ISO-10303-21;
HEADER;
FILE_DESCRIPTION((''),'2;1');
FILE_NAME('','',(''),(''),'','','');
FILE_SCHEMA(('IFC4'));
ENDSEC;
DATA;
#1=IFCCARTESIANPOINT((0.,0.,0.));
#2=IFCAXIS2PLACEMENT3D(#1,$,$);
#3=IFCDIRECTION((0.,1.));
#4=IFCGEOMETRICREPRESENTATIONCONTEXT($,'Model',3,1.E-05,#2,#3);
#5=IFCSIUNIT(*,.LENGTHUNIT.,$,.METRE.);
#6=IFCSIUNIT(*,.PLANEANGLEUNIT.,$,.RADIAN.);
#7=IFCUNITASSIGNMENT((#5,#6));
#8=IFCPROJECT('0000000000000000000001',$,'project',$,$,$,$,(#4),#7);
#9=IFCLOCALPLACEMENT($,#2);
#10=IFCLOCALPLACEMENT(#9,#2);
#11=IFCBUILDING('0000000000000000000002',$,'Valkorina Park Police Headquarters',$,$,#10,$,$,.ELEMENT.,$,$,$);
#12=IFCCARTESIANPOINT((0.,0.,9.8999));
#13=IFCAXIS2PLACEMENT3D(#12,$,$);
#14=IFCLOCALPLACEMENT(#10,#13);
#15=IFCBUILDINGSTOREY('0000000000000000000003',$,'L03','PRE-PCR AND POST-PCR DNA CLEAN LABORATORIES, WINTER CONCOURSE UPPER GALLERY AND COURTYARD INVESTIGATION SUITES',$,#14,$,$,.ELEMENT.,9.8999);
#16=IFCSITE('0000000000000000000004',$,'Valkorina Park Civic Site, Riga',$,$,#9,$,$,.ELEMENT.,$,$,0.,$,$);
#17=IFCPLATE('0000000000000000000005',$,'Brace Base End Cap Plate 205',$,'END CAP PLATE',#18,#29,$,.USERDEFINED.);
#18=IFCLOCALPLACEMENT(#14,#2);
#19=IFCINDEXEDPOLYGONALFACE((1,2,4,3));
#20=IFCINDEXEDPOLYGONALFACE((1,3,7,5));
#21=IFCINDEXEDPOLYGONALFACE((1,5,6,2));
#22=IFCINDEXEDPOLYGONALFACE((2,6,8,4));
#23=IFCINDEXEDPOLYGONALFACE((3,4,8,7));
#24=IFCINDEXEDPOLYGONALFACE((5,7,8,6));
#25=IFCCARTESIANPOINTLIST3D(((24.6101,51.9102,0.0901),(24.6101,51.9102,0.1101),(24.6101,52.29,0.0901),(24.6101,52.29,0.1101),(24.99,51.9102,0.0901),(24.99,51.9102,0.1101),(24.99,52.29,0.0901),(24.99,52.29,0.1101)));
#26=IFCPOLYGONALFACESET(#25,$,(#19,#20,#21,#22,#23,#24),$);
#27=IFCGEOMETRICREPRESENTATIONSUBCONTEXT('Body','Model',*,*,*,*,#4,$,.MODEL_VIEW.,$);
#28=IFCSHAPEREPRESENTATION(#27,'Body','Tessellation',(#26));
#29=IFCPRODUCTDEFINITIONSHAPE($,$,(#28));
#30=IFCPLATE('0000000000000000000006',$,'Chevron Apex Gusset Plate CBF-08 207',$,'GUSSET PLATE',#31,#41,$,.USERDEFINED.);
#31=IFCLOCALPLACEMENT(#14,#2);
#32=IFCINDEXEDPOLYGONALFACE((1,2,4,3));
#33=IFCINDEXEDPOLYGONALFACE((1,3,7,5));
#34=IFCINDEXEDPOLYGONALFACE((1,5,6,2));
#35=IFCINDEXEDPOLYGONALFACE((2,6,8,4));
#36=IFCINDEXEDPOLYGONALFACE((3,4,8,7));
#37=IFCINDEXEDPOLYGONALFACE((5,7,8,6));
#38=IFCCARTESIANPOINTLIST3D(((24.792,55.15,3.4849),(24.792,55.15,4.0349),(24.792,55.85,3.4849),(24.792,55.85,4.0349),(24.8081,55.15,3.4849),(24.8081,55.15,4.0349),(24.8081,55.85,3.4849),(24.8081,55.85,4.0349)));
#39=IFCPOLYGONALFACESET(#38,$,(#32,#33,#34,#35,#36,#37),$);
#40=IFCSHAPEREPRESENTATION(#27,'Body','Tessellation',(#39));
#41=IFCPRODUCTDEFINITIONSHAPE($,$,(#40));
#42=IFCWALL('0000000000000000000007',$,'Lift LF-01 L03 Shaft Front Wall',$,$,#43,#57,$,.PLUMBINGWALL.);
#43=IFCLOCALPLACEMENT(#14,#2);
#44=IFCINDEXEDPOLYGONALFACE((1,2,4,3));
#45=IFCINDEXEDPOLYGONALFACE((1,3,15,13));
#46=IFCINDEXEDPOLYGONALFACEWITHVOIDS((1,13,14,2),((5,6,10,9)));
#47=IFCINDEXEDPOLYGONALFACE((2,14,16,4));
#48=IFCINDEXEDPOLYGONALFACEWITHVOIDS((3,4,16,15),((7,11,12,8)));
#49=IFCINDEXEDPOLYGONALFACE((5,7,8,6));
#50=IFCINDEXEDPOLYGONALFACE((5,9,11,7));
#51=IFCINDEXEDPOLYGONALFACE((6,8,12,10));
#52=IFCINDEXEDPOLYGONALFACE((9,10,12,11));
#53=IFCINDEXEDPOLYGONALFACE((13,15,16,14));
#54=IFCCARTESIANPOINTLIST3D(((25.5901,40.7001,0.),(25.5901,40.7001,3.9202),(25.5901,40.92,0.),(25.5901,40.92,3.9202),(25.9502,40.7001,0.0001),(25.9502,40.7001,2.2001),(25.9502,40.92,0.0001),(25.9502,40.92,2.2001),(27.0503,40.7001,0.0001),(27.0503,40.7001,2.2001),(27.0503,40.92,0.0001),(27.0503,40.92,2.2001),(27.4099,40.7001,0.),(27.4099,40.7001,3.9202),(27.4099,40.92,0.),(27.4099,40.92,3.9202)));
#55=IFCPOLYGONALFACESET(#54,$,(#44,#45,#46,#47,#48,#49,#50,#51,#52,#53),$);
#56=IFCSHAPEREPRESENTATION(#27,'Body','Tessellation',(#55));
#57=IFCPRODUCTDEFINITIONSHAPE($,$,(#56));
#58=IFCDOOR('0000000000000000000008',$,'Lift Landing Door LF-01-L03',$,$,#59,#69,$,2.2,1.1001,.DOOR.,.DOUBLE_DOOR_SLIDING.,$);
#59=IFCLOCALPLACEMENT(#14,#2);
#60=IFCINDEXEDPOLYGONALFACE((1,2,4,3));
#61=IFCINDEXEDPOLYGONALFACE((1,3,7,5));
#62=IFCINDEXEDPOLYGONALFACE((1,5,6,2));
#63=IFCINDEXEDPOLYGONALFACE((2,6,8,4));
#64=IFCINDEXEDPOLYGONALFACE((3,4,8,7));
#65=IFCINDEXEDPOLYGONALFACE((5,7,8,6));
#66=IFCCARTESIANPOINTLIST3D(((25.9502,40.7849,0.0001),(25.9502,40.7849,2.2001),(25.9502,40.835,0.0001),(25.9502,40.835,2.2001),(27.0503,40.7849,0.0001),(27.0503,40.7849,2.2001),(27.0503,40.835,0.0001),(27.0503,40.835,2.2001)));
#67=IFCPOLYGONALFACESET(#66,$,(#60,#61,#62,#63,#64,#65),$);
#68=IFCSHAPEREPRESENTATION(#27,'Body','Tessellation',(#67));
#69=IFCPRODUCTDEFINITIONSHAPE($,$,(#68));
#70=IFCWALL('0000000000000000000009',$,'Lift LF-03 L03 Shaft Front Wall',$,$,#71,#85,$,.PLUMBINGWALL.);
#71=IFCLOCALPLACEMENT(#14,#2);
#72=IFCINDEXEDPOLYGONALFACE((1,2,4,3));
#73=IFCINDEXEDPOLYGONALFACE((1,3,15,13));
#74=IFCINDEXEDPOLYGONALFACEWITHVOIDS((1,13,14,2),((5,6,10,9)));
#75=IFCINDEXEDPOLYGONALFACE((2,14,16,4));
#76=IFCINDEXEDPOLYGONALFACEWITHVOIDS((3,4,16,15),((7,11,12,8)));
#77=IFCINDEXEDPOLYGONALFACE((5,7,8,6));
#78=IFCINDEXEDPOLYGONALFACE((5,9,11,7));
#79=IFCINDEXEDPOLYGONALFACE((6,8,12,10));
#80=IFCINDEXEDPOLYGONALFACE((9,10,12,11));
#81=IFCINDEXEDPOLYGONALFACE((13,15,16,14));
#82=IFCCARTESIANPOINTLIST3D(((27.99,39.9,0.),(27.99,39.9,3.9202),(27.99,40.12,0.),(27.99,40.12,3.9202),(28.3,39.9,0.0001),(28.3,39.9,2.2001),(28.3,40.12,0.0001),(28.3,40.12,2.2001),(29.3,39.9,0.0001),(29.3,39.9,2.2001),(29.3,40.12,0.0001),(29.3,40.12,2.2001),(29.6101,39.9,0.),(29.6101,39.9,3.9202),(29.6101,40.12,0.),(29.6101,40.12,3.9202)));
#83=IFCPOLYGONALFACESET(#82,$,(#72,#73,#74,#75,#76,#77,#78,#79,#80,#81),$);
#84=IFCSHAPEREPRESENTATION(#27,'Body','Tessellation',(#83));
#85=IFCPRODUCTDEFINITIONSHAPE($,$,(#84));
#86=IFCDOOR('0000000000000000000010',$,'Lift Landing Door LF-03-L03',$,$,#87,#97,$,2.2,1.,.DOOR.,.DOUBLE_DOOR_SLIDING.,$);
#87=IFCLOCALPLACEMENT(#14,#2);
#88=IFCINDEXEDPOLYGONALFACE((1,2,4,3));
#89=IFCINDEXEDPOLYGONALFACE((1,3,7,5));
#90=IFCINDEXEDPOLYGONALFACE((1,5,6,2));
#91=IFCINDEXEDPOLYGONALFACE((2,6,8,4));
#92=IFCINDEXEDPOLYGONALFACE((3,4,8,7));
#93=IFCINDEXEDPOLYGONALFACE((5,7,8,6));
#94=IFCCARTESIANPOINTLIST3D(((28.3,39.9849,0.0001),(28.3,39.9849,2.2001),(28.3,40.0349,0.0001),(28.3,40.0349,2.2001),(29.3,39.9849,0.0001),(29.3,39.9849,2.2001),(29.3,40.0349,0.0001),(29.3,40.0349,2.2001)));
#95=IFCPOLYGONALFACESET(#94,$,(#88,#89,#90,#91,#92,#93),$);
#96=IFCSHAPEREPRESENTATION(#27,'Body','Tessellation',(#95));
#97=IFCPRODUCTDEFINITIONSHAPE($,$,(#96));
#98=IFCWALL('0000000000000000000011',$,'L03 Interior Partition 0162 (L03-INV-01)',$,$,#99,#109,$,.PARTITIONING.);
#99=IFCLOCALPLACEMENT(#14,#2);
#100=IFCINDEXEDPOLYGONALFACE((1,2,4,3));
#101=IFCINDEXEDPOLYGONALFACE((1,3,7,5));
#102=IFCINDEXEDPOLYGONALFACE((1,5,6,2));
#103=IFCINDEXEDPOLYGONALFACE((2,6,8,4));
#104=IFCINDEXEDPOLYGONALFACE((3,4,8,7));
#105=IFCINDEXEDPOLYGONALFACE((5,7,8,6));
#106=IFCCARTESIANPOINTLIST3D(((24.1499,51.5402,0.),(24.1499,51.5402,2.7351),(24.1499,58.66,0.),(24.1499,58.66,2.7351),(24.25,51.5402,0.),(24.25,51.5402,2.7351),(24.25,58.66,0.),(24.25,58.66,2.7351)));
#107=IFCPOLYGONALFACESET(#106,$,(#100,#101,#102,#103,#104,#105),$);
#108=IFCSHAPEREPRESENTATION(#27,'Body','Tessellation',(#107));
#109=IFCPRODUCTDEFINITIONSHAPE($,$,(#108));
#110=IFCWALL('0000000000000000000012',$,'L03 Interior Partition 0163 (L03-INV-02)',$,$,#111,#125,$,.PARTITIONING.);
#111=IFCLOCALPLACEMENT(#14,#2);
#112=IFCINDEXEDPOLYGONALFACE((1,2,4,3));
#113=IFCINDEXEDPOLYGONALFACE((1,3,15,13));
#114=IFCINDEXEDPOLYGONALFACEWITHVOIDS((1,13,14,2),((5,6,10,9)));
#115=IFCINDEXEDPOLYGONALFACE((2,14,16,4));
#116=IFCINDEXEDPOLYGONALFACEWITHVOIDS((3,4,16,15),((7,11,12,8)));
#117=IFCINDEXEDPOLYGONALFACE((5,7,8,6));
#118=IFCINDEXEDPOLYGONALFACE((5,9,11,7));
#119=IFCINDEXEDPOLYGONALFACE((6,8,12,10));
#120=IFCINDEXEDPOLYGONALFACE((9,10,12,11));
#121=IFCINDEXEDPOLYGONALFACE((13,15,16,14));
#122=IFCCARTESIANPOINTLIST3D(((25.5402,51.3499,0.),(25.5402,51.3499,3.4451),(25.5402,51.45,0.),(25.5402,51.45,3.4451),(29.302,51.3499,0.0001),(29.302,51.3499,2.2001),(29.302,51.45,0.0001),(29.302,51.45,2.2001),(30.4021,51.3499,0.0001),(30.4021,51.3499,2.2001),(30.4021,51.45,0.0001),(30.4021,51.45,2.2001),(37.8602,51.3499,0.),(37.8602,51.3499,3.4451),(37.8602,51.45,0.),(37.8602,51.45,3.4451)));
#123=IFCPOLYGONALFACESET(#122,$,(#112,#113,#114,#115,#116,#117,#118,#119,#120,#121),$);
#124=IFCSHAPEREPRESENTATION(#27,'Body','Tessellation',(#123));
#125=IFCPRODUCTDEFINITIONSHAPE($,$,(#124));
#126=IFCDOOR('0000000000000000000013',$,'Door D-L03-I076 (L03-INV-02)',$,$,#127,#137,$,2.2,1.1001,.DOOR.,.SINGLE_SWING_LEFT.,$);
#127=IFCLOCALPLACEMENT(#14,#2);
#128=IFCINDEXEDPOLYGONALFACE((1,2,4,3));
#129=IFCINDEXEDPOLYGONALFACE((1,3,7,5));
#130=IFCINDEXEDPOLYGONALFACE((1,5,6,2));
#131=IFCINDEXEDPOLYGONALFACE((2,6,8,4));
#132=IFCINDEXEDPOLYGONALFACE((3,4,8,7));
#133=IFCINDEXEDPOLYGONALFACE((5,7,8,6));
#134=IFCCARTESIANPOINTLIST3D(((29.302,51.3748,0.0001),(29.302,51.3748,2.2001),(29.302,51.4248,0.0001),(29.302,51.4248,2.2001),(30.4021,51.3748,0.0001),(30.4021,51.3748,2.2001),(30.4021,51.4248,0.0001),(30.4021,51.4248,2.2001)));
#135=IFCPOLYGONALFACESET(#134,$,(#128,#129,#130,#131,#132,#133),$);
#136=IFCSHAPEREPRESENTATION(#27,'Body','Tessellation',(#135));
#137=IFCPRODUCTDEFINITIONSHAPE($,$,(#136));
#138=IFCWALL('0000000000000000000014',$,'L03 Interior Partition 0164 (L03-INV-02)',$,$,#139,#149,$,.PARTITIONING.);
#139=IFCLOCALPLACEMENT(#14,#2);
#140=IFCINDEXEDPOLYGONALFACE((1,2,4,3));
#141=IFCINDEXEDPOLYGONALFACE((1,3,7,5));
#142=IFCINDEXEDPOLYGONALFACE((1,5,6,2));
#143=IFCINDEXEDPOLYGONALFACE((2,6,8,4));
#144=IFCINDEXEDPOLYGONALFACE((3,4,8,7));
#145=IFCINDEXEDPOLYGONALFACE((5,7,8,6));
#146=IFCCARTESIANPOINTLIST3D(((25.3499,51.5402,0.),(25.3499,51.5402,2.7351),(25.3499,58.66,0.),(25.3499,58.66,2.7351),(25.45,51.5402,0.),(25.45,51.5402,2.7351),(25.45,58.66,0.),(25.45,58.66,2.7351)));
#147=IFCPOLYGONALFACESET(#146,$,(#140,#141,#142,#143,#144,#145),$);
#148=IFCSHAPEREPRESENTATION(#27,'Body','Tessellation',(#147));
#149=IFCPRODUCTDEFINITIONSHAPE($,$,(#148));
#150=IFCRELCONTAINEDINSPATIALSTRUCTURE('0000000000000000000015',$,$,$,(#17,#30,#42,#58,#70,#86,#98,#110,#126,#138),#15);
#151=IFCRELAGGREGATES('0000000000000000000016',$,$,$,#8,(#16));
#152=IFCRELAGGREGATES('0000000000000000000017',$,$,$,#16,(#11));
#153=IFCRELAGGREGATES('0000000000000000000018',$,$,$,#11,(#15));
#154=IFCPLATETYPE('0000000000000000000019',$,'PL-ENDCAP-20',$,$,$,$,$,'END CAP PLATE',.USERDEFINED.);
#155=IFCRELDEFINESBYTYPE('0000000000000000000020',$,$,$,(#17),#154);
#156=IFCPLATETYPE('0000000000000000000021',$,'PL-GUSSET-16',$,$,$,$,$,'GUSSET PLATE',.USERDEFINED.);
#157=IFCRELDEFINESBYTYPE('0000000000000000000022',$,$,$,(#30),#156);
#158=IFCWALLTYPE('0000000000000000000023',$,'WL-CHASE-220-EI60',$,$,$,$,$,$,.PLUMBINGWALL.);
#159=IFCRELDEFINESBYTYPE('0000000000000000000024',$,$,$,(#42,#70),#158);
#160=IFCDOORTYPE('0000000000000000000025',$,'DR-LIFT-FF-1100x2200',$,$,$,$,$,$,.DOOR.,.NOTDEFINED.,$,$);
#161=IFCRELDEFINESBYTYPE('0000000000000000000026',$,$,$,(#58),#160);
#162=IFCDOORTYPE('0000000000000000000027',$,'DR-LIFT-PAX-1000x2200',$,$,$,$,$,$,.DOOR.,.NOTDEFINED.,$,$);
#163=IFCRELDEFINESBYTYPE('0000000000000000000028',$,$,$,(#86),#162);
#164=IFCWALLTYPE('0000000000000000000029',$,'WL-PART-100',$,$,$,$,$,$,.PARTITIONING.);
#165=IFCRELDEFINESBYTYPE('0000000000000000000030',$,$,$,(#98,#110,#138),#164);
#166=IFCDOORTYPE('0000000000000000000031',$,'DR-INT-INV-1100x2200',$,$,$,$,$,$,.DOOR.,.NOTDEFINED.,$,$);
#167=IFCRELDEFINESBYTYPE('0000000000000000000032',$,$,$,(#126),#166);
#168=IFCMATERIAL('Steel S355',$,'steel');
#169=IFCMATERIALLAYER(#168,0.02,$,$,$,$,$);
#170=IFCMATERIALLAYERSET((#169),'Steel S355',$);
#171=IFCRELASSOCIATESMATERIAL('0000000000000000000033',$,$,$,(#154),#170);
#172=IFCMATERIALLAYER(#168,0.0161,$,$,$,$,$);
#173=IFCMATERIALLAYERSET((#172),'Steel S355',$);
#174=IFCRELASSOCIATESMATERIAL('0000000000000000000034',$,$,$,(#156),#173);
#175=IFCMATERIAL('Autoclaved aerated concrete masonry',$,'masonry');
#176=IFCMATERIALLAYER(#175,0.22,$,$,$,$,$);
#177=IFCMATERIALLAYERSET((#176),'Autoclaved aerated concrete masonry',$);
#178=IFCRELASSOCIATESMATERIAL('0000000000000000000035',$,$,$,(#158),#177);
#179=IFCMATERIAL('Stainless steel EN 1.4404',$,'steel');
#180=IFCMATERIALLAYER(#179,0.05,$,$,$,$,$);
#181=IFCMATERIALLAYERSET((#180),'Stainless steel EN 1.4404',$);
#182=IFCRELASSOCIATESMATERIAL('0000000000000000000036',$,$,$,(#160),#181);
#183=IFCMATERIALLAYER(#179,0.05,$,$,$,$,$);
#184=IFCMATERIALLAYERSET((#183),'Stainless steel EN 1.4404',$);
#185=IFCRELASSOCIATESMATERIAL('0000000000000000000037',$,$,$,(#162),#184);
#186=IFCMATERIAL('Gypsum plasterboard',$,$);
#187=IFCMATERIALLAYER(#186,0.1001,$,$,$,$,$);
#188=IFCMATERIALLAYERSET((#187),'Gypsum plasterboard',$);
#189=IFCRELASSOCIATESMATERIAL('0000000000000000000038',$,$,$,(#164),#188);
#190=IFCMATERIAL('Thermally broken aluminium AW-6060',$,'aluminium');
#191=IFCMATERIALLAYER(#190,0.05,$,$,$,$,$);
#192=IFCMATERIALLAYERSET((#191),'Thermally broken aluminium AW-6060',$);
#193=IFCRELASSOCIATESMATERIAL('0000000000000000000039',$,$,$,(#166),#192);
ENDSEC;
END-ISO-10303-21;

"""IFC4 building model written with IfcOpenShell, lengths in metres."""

from ifc_helpers import new_model, si_unit, direction, frame, frame_2d, origin, origin_2d, place, context, subcontext, project, spatial, rectangle, extrude, material, layer, layer_set, type_object, element, fill, save


model = new_model("IFC4")

# Units and contexts
model_context = context("Model", 3, precision=1e-05, world=origin(), true_north=direction((0.0, 1.0)))
body_context = subcontext(model_context, "Body", "Model", "MODEL_VIEW")
ifc_project = project(units=[si_unit("LENGTHUNIT", "METRE"), si_unit("PLANEANGLEUNIT", "RADIAN")], contexts=[model_context])

# Site, building, storey
site_placement = place(None, origin())
site = spatial("IfcSite", under=ifc_project, at=site_placement, Name="Valkorina Park Civic Site, Riga", CompositionType="ELEMENT", RefElevation=0.0)
building_placement = place(site_placement, origin())
building = spatial("IfcBuilding", under=site, at=building_placement, Name="Valkorina Park Police Headquarters", CompositionType="ELEMENT")
storey_placement = place(building_placement, frame((0.0, 0.0, 9.8999)))
storey = spatial("IfcBuildingStorey", under=building, at=storey_placement, Name="L03", Description="PRE-PCR AND POST-PCR DNA CLEAN LABORATORIES, WINTER CONCOURSE UPPER GALLERY AND COURTYARD INVESTIGATION SUITES", CompositionType="ELEMENT", Elevation=9.8999)

# Shared definitions
ifc_material_1 = material(Name="Steel S355", Category="steel")

# Plates
ifc_layer_1 = layer(ifc_material_1, 0.02)
ifc_layer_set_1 = layer_set([ifc_layer_1], Name="Steel S355")
plate_type_1 = type_object("IfcPlateType", Name="PL-ENDCAP-20", ElementType="END CAP PLATE", PredefinedType="USERDEFINED", material=ifc_layer_set_1)
plate_1_placement = place(storey_placement, frame((24.8, 52.1001, 0.0901), z_axis=(0.0, 0.0, 1.0), x_axis=(1.0, 0.0, 0.0)))
element("IfcPlate", 1, at=plate_1_placement, inside=storey, type_object=plate_type_1, Name="Brace Base End Cap Plate 205", ObjectType="END CAP PLATE", PredefinedType="USERDEFINED", context=body_context, shape_type="SweptSolid", body=[
    extrude(rectangle(XDim=0.3799, YDim=0.3799, at=origin_2d()), origin(), (0.0, 0.0, 1.0), 0.02),
])
ifc_layer_2 = layer(ifc_material_1, 0.0161)
ifc_layer_set_2 = layer_set([ifc_layer_2], Name="Steel S355")
plate_type_2 = type_object("IfcPlateType", Name="PL-GUSSET-16", ElementType="GUSSET PLATE", PredefinedType="USERDEFINED", material=ifc_layer_set_2)
plate_2_placement = place(storey_placement, frame((24.8, 55.5, 3.4849), z_axis=(0.0, 0.0, 1.0), x_axis=(1.0, 0.0, 0.0)))
element("IfcPlate", 2, at=plate_2_placement, inside=storey, type_object=plate_type_2, Name="Chevron Apex Gusset Plate CBF-08 207", ObjectType="GUSSET PLATE", PredefinedType="USERDEFINED", context=body_context, shape_type="SweptSolid", body=[
    extrude(rectangle(XDim=0.0161, YDim=0.7, at=origin_2d()), origin(), (0.0, 0.0, 1.0), 0.55),
])

# Walls, openings, doors
ifc_material_2 = material(Name="Autoclaved aerated concrete masonry", Category="masonry")
ifc_layer_3 = layer(ifc_material_2, 0.22)
ifc_layer_set_3 = layer_set([ifc_layer_3], Name="Autoclaved aerated concrete masonry")
wall_type_1 = type_object("IfcWallType", Name="WL-CHASE-220-EI60", PredefinedType="PLUMBINGWALL", material=ifc_layer_set_3)
wall_1_placement = place(storey_placement, frame((25.5901, 40.8101, 0.0), z_axis=(0.0, 0.0, 1.0), x_axis=(1.0, 0.0, 0.0)))
wall_1 = element("IfcWall", 3, at=wall_1_placement, inside=storey, type_object=wall_type_1, Name="Lift LF-01 L03 Shaft Front Wall", PredefinedType="PLUMBINGWALL", context=body_context, shape_type="SweptSolid", body=[
    extrude(rectangle(XDim=1.8198, YDim=0.22, at=frame_2d((0.9099, 0.0))), origin(), (0.0, 0.0, 1.0), 3.9202),
])
opening_1_placement = place(wall_1_placement, frame((0.3601, 0.0, 0.0)))
opening_1 = element("IfcOpeningElement", 4, at=opening_1_placement, cuts=wall_1, PredefinedType="OPENING", context=body_context, shape_type="SweptSolid", body=[
    extrude(rectangle(XDim=1.1001, YDim=2.2, at=frame_2d((0.55, 1.1001))), frame((0.0, 0.1201, 0.0), z_axis=(0.0, -1.0, 0.0), x_axis=(1.0, 0.0, 0.0)), (0.0, 0.0, 1.0), 0.24),
])
ifc_material_3 = material(Name="Stainless steel EN 1.4404", Category="steel")
ifc_layer_4 = layer(ifc_material_3, 0.05)
ifc_layer_set_4 = layer_set([ifc_layer_4], Name="Stainless steel EN 1.4404")
door_type_1 = type_object("IfcDoorType", Name="DR-LIFT-FF-1100x2200", OperationType="NOTDEFINED", PredefinedType="DOOR", material=ifc_layer_set_4)
door_1_placement = place(opening_1_placement, origin())
door_1 = element("IfcDoor", 5, at=door_1_placement, inside=storey, type_object=door_type_1, Name="Lift Landing Door LF-01-L03", OperationType="DOUBLE_DOOR_SLIDING", OverallHeight=2.2, OverallWidth=1.1001, PredefinedType="DOOR", context=body_context, shape_type="SweptSolid", body=[
    extrude(rectangle(XDim=1.1001, YDim=2.2, at=frame_2d((0.55, 1.1001))), frame((0.0, 0.0249, 0.0), z_axis=(0.0, -1.0, 0.0), x_axis=(1.0, 0.0, 0.0)), (0.0, 0.0, 1.0), 0.05),
])
fill(opening_1, door_1)
wall_2_placement = place(storey_placement, frame((27.99, 40.01, 0.0), z_axis=(0.0, 0.0, 1.0), x_axis=(1.0, 0.0, 0.0)))
wall_2 = element("IfcWall", 6, at=wall_2_placement, inside=storey, type_object=wall_type_1, Name="Lift LF-03 L03 Shaft Front Wall", PredefinedType="PLUMBINGWALL", context=body_context, shape_type="SweptSolid", body=[
    extrude(rectangle(XDim=1.6201, YDim=0.22, at=frame_2d((0.8101, 0.0))), origin(), (0.0, 0.0, 1.0), 3.9202),
])
opening_2_placement = place(wall_2_placement, frame((0.3101, 0.0, 0.0)))
opening_2 = element("IfcOpeningElement", 7, at=opening_2_placement, cuts=wall_2, PredefinedType="OPENING", context=body_context, shape_type="SweptSolid", body=[
    extrude(rectangle(XDim=1.0, YDim=2.2, at=frame_2d((0.5, 1.1001))), frame((0.0, 0.1201, 0.0), z_axis=(0.0, -1.0, 0.0), x_axis=(1.0, 0.0, 0.0)), (0.0, 0.0, 1.0), 0.24),
])
ifc_layer_5 = layer(ifc_material_3, 0.05)
ifc_layer_set_5 = layer_set([ifc_layer_5], Name="Stainless steel EN 1.4404")
door_type_2 = type_object("IfcDoorType", Name="DR-LIFT-PAX-1000x2200", OperationType="NOTDEFINED", PredefinedType="DOOR", material=ifc_layer_set_5)
door_2_placement = place(opening_2_placement, origin())
door_2 = element("IfcDoor", 8, at=door_2_placement, inside=storey, type_object=door_type_2, Name="Lift Landing Door LF-03-L03", OperationType="DOUBLE_DOOR_SLIDING", OverallHeight=2.2, OverallWidth=1.0, PredefinedType="DOOR", context=body_context, shape_type="SweptSolid", body=[
    extrude(rectangle(XDim=1.0, YDim=2.2, at=frame_2d((0.5, 1.1001))), frame((0.0, 0.0249, 0.0), z_axis=(0.0, -1.0, 0.0), x_axis=(1.0, 0.0, 0.0)), (0.0, 0.0, 1.0), 0.05),
])
fill(opening_2, door_2)

# Wall
ifc_material_4 = material(Name="Gypsum plasterboard")
ifc_layer_6 = layer(ifc_material_4, 0.1001)
ifc_layer_set_6 = layer_set([ifc_layer_6], Name="Gypsum plasterboard")
wall_type_2 = type_object("IfcWallType", Name="WL-PART-100", PredefinedType="PARTITIONING", material=ifc_layer_set_6)
wall_3_placement = place(storey_placement, frame((24.2, 51.54, 0.0), z_axis=(0.0, 0.0, 1.0), x_axis=(0.0, 1.0, 0.0)))
element("IfcWall", 9, at=wall_3_placement, inside=storey, type_object=wall_type_2, Name="L03 Interior Partition 0162 (L03-INV-01)", PredefinedType="PARTITIONING", context=body_context, shape_type="SweptSolid", body=[
    extrude(rectangle(XDim=7.1199, YDim=0.1001, at=frame_2d((3.5601, 0.0))), origin(), (0.0, 0.0, 1.0), 2.7351),
])

# Wall, opening, door
wall_4_placement = place(storey_placement, frame((25.54, 51.3999, 0.0), z_axis=(0.0, 0.0, 1.0), x_axis=(1.0, 0.0, 0.0)))
wall_4 = element("IfcWall", 10, at=wall_4_placement, inside=storey, type_object=wall_type_2, Name="L03 Interior Partition 0163 (L03-INV-02)", PredefinedType="PARTITIONING", context=body_context, shape_type="SweptSolid", body=[
    extrude(rectangle(XDim=12.3201, YDim=0.1001, at=frame_2d((6.1602, 0.0))), origin(), (0.0, 0.0, 1.0), 3.4451),
])
opening_3_placement = place(wall_4_placement, frame((3.762, 0.0, 0.0)))
opening_3 = element("IfcOpeningElement", 11, at=opening_3_placement, cuts=wall_4, PredefinedType="OPENING", context=body_context, shape_type="SweptSolid", body=[
    extrude(rectangle(XDim=1.1001, YDim=2.2, at=frame_2d((0.55, 1.1001))), frame((0.0, 0.0601, 0.0), z_axis=(0.0, -1.0, 0.0), x_axis=(1.0, 0.0, 0.0)), (0.0, 0.0, 1.0), 0.1201),
])
ifc_material_5 = material(Name="Thermally broken aluminium AW-6060", Category="aluminium")
ifc_layer_7 = layer(ifc_material_5, 0.05)
ifc_layer_set_7 = layer_set([ifc_layer_7], Name="Thermally broken aluminium AW-6060")
door_type_3 = type_object("IfcDoorType", Name="DR-INT-INV-1100x2200", OperationType="NOTDEFINED", PredefinedType="DOOR", material=ifc_layer_set_7)
door_3_placement = place(opening_3_placement, origin())
door_3 = element("IfcDoor", 12, at=door_3_placement, inside=storey, type_object=door_type_3, Name="Door D-L03-I076 (L03-INV-02)", OperationType="SINGLE_SWING_LEFT", OverallHeight=2.2, OverallWidth=1.1001, PredefinedType="DOOR", context=body_context, shape_type="SweptSolid", body=[
    extrude(rectangle(XDim=1.1001, YDim=2.2, at=frame_2d((0.55, 1.1001))), frame((0.0, 0.0249, 0.0), z_axis=(0.0, -1.0, 0.0), x_axis=(1.0, 0.0, 0.0)), (0.0, 0.0, 1.0), 0.05),
])
fill(opening_3, door_3)

# Wall
wall_5_placement = place(storey_placement, frame((25.3999, 51.54, 0.0), z_axis=(0.0, 0.0, 1.0), x_axis=(0.0, 1.0, 0.0)))
element("IfcWall", 13, at=wall_5_placement, inside=storey, type_object=wall_type_2, Name="L03 Interior Partition 0164 (L03-INV-02)", PredefinedType="PARTITIONING", context=body_context, shape_type="SweptSolid", body=[
    extrude(rectangle(XDim=7.1199, YDim=0.1001, at=frame_2d((3.5601, 0.0))), origin(), (0.0, 0.0, 1.0), 2.7351),
])

save(model, "model.ifc")
